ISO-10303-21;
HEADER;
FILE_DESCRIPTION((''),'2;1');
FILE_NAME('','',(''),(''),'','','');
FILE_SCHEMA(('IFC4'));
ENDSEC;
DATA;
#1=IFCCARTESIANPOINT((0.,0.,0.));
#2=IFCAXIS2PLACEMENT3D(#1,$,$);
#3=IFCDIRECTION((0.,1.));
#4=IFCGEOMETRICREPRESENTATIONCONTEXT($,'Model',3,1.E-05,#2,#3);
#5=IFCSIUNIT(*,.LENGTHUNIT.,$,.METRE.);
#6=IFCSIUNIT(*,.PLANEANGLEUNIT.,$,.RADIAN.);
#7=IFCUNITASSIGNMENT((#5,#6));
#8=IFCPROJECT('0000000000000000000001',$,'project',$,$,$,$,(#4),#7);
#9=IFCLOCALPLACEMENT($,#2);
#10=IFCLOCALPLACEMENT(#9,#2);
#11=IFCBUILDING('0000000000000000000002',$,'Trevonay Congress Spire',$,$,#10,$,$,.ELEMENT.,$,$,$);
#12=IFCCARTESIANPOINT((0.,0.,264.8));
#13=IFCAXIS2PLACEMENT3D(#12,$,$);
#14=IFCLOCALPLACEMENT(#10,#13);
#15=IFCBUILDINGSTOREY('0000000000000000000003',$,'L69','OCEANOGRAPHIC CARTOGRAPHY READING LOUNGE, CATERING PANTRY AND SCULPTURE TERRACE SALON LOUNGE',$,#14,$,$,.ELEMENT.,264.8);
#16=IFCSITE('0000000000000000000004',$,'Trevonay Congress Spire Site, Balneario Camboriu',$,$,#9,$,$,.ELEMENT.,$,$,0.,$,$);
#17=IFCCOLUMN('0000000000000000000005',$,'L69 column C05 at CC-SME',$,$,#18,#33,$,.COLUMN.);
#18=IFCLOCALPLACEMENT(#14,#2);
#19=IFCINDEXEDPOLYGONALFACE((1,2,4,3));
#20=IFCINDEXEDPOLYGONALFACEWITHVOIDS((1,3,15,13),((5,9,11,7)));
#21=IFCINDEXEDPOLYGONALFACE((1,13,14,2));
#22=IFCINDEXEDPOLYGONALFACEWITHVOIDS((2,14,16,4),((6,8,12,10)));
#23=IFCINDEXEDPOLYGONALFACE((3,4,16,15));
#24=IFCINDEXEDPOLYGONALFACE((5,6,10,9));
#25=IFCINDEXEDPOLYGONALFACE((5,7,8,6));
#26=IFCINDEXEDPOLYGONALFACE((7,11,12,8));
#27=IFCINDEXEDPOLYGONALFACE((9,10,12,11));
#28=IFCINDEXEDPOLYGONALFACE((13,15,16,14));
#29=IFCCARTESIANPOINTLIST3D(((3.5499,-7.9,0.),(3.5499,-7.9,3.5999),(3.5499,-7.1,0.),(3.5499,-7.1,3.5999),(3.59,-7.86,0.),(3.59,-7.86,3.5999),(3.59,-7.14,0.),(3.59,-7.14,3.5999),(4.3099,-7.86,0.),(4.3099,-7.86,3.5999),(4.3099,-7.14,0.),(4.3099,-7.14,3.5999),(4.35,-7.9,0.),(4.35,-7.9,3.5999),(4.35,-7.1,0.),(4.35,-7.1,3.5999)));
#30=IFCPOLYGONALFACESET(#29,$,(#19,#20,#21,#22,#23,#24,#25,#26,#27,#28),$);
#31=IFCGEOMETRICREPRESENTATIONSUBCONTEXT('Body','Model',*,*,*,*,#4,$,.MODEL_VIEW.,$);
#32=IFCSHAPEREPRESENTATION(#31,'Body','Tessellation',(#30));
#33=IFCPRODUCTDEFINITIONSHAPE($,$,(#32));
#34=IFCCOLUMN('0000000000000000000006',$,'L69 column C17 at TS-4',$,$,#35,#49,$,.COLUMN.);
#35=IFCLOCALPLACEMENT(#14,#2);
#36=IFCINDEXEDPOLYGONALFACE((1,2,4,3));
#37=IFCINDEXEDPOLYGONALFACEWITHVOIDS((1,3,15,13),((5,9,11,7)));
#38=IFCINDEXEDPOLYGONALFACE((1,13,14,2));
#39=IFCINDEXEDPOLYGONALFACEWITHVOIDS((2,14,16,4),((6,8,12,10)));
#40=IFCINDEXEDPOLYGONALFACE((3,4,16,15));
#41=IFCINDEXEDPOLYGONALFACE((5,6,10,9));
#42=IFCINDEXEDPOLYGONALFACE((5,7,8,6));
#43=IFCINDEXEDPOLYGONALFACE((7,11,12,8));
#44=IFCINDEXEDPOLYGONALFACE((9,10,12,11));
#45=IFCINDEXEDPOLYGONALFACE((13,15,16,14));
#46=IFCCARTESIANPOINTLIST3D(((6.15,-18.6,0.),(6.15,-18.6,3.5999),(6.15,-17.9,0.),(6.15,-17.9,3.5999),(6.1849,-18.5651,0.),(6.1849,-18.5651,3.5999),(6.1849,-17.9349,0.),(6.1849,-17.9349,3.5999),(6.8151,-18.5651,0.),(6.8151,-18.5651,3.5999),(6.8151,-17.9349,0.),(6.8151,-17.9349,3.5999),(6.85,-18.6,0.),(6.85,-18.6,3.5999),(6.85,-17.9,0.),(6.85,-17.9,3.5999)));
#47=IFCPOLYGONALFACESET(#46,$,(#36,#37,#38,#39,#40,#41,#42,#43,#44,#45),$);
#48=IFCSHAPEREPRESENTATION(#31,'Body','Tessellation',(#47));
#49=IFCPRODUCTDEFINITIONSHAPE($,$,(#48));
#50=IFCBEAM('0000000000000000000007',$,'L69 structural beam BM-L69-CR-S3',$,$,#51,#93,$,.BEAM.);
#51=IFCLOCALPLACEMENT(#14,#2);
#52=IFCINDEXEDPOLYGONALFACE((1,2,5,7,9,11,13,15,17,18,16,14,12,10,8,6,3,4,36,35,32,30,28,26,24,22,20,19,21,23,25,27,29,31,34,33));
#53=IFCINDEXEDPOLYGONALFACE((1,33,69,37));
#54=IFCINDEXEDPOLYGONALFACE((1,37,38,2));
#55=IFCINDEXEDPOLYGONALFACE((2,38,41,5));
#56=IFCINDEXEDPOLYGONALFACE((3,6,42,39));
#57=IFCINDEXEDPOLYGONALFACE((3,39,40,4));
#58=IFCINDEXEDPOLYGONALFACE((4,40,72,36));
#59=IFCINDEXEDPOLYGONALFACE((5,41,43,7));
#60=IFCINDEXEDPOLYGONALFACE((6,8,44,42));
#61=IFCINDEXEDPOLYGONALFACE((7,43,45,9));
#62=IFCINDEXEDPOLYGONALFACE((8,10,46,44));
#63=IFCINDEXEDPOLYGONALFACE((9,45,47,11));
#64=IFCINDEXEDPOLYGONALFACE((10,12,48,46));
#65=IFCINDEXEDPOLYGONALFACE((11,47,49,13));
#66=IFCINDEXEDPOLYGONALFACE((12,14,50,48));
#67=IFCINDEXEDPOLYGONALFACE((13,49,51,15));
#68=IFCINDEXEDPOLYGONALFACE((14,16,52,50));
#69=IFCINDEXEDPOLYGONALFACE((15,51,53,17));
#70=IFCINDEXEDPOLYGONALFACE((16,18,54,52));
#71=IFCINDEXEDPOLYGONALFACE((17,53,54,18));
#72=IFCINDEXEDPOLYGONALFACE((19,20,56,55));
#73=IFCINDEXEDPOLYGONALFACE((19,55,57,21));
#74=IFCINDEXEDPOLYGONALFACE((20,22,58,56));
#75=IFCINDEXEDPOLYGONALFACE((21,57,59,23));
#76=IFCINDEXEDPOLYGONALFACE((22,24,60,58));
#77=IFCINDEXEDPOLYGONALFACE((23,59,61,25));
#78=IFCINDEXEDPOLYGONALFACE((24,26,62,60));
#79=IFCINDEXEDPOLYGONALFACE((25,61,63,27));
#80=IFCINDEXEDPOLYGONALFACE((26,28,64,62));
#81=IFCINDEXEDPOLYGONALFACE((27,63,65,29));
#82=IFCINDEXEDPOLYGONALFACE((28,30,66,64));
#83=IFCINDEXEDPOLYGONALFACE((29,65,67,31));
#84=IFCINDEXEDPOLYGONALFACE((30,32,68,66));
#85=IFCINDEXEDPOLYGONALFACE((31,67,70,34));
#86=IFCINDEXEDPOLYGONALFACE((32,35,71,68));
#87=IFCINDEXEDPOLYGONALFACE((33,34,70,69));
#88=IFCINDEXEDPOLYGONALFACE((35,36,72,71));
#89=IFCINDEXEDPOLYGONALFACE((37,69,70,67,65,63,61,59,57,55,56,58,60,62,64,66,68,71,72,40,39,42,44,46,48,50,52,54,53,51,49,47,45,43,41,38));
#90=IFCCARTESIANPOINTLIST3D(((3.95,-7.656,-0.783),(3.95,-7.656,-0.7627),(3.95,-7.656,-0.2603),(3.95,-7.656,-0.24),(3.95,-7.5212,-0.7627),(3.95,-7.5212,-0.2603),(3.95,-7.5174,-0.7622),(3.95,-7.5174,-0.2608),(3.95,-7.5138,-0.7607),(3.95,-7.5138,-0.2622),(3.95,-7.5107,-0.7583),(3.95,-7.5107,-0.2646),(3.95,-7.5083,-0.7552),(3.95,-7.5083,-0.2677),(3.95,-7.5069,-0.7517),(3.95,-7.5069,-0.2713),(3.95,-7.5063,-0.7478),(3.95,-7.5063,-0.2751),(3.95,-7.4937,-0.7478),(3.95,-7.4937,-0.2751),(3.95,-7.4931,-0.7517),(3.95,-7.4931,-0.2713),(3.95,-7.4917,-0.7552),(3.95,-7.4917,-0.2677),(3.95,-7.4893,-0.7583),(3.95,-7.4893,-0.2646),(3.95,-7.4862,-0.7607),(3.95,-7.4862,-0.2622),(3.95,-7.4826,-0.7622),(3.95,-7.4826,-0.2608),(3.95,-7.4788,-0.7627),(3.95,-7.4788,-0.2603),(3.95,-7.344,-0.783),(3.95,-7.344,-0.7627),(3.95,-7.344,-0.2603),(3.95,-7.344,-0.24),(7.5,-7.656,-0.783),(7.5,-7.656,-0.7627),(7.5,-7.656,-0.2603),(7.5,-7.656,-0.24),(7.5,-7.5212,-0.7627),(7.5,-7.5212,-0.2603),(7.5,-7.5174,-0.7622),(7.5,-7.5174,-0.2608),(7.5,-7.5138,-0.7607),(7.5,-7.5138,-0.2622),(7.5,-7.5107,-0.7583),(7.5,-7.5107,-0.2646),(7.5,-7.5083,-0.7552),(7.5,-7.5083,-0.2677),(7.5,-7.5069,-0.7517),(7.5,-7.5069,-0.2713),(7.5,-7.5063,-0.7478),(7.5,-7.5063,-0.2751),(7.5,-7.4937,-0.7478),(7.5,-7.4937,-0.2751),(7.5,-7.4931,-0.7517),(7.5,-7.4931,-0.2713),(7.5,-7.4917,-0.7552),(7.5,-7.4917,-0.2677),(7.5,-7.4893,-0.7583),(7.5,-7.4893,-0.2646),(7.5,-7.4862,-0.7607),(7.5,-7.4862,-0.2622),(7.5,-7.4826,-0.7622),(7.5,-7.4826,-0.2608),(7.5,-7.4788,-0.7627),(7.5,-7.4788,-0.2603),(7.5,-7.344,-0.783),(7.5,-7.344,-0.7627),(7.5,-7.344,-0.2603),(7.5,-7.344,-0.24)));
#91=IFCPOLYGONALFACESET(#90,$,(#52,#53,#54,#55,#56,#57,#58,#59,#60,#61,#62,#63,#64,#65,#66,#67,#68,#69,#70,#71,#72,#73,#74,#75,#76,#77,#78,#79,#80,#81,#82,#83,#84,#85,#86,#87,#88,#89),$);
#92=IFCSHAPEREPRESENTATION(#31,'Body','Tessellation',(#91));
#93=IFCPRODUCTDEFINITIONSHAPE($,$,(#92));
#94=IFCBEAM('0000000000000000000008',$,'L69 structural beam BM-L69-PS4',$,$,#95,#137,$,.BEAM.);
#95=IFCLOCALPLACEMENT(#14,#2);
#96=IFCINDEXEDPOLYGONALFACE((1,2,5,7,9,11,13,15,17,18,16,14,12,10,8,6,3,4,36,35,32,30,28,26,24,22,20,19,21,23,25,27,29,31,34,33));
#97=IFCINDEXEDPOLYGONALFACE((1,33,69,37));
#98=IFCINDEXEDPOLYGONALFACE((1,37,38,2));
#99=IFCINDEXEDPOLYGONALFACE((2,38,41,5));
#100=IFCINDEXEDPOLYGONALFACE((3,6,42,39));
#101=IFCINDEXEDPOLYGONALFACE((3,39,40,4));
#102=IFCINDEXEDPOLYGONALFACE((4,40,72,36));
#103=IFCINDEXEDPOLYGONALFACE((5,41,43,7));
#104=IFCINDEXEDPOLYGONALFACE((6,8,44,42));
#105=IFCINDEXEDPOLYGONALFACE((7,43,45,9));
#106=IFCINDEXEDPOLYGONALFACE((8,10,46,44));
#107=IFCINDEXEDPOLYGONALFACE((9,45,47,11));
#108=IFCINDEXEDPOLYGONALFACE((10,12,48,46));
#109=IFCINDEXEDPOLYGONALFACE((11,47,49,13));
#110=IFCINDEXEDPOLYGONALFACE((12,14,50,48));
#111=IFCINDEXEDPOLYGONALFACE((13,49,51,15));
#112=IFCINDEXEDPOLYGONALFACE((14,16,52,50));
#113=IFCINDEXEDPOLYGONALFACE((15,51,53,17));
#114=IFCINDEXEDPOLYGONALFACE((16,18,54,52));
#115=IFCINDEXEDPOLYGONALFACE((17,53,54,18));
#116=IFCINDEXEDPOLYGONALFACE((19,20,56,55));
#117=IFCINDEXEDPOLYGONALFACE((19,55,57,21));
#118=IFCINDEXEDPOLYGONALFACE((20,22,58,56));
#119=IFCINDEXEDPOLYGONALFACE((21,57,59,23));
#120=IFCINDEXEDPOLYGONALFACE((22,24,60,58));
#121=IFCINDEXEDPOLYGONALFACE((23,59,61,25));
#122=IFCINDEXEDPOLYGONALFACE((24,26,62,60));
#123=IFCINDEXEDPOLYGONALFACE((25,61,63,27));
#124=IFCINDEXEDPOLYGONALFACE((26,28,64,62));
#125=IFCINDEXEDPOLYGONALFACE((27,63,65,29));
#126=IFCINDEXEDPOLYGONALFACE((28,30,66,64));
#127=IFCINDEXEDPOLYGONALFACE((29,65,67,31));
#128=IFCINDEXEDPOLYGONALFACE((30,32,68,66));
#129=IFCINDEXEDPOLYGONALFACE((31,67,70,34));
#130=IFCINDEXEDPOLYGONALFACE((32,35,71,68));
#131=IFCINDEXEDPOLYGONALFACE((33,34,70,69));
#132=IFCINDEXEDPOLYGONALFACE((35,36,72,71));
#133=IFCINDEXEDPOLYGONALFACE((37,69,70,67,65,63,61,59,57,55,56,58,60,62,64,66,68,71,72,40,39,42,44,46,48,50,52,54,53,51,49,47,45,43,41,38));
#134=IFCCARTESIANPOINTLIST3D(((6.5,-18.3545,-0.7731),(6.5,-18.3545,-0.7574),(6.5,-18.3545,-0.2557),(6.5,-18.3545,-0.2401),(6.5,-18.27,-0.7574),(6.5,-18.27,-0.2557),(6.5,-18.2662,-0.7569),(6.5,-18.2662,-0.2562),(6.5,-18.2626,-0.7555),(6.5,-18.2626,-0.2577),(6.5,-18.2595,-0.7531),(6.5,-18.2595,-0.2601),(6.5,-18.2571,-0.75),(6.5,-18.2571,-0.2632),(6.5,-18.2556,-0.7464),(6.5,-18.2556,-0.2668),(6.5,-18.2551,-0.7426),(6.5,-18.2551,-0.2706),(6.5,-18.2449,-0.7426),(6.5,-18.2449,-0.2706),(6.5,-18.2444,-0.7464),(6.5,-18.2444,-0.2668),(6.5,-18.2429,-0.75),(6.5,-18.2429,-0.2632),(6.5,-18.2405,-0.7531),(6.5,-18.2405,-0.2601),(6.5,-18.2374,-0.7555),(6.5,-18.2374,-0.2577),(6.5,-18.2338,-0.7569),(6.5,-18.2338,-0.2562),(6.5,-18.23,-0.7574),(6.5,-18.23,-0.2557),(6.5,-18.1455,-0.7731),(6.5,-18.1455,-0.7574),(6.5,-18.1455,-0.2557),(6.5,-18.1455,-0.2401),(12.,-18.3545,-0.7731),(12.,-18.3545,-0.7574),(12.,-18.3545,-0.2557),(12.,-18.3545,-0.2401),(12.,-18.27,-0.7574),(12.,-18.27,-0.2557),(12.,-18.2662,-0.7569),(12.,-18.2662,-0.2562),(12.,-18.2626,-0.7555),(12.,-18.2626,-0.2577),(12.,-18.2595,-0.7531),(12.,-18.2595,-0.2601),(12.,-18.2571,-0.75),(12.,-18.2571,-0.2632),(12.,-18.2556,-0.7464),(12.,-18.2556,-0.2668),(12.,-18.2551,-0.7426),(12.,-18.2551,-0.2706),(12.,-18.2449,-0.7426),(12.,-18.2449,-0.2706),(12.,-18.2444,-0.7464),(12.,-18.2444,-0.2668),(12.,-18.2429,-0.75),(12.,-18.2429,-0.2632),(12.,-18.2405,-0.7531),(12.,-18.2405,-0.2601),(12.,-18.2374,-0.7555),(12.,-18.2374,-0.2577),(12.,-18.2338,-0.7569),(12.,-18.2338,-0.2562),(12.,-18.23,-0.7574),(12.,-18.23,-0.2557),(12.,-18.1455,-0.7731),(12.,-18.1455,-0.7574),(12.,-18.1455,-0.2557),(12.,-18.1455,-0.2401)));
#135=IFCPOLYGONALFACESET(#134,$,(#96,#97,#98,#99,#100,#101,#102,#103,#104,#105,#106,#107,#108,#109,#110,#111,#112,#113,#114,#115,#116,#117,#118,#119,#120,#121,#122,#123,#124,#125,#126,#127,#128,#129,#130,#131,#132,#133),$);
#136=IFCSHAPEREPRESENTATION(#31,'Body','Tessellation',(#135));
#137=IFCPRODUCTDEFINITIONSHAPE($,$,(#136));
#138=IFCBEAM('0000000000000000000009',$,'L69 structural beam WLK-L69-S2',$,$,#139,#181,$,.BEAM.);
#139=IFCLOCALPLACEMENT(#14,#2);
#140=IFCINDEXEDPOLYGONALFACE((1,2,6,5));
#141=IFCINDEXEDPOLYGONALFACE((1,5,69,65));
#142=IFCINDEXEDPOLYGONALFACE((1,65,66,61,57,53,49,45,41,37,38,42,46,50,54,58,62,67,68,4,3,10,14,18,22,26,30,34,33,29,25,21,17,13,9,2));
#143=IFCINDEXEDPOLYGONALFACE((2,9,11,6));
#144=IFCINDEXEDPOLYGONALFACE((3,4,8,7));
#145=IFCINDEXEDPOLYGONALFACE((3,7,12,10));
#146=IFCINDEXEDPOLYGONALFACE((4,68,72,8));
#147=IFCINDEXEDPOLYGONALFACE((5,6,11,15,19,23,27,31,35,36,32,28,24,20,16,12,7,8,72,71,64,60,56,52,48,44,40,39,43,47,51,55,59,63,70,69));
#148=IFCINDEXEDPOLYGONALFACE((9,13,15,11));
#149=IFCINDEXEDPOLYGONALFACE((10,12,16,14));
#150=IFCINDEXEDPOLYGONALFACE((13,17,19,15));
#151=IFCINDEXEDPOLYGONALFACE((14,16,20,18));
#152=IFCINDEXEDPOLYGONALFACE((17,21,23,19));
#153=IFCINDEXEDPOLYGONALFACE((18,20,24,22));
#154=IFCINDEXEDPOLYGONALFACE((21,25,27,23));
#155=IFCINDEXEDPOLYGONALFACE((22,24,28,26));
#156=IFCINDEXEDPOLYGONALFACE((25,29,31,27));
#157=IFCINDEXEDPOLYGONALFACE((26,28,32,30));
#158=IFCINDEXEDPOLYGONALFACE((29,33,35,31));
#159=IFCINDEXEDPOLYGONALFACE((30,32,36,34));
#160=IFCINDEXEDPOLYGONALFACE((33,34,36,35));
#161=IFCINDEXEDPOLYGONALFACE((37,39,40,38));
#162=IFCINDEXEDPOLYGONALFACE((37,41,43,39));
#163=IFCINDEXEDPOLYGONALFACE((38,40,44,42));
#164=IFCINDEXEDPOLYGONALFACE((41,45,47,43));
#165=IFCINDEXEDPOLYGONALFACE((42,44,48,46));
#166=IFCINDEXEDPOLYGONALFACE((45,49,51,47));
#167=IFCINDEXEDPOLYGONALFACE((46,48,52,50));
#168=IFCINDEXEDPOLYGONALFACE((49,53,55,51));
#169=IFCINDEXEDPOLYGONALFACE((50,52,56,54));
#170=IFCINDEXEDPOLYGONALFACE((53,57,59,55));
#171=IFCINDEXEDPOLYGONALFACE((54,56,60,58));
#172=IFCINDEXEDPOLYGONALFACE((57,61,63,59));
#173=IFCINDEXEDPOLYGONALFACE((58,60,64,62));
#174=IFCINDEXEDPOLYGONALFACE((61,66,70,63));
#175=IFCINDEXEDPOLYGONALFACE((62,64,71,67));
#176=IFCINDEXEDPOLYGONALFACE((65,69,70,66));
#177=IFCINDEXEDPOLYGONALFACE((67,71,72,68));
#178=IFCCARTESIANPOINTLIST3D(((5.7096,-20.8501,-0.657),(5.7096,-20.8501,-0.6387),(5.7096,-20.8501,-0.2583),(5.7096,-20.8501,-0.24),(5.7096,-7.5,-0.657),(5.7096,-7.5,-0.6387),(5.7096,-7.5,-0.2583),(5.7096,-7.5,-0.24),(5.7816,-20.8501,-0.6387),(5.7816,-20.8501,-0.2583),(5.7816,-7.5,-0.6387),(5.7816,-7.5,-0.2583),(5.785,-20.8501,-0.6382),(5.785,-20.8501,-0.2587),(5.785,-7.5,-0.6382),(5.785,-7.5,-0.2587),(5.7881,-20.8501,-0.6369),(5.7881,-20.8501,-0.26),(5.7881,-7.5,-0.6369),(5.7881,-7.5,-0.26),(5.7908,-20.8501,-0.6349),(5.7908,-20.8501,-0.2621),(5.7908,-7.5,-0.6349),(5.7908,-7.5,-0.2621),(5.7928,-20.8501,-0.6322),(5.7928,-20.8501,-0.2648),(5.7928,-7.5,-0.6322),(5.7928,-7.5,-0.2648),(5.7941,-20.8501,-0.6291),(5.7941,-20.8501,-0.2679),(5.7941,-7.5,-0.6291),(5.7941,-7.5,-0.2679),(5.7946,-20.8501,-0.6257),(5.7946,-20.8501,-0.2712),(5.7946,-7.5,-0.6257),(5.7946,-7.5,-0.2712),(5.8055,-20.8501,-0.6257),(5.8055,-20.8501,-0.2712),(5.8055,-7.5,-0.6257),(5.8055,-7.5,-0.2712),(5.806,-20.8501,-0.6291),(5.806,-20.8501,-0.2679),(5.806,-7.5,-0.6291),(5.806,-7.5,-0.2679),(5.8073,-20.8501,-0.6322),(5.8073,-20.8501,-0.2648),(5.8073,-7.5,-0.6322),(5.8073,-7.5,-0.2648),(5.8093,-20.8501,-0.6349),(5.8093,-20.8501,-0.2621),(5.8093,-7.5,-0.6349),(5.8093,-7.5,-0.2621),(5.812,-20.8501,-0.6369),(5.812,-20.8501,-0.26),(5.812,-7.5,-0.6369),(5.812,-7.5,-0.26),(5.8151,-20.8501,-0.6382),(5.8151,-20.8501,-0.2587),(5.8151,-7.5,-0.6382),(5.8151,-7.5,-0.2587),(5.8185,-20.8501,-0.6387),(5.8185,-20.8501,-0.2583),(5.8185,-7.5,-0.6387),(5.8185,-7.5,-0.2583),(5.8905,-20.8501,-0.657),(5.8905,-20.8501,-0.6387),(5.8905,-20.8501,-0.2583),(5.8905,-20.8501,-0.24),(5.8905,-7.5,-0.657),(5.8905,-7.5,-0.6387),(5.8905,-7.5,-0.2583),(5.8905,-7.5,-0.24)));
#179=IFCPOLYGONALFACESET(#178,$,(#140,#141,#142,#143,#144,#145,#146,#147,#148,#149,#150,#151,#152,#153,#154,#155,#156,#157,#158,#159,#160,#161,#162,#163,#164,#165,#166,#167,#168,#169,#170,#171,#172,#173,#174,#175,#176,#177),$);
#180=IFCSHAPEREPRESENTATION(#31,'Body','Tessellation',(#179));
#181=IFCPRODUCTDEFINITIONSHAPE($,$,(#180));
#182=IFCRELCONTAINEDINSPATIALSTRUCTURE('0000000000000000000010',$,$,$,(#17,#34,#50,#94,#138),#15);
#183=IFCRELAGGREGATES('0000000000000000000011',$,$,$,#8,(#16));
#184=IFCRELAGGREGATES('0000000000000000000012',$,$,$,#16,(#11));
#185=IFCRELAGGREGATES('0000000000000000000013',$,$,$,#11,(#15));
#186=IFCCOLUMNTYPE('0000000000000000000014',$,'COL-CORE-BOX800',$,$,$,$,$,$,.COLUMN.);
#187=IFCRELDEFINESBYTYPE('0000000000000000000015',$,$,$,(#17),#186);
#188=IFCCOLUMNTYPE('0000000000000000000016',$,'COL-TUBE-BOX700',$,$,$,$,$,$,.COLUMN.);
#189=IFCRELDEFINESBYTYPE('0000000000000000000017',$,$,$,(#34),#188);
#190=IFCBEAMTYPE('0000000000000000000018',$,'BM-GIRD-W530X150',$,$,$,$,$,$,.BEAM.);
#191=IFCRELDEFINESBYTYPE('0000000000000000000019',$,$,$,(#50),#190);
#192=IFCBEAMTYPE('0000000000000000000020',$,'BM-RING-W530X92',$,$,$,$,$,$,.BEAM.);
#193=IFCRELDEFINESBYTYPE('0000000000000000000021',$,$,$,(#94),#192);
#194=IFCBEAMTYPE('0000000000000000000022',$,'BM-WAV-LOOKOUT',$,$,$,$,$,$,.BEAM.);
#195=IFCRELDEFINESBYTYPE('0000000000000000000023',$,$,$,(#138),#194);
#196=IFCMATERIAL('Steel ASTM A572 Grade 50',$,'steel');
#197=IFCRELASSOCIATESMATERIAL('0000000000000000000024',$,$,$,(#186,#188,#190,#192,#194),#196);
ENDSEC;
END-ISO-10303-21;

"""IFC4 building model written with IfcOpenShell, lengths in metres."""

from ifc_helpers import new_model, si_unit, direction, frame, origin, origin_2d, place, context, subcontext, project, spatial, hollow_rectangle, i_section, extrude, material, material_profile, profile_set, type_object, element, save


model = new_model("IFC4")

# Units and contexts
model_context = context("Model", 3, precision=1e-05, world=origin(), true_north=direction((0.0, 1.0)))
body_context = subcontext(model_context, "Body", "Model", "MODEL_VIEW")
ifc_project = project(units=[si_unit("LENGTHUNIT", "METRE"), si_unit("PLANEANGLEUNIT", "RADIAN")], contexts=[model_context])

# Site, building, storey
site_placement = place(None, origin())
site = spatial("IfcSite", under=ifc_project, at=site_placement, Name="Trevonay Congress Spire Site, Balneario Camboriu", CompositionType="ELEMENT", RefElevation=0.0)
building_placement = place(site_placement, origin())
building = spatial("IfcBuilding", under=site, at=building_placement, Name="Trevonay Congress Spire", CompositionType="ELEMENT")
storey_placement = place(building_placement, frame((0.0, 0.0, 264.8)))
storey = spatial("IfcBuildingStorey", under=building, at=storey_placement, Name="L69", Description="OCEANOGRAPHIC CARTOGRAPHY READING LOUNGE, CATERING PANTRY AND SCULPTURE TERRACE SALON LOUNGE", CompositionType="ELEMENT", Elevation=264.8)

# Columns
ifc_material_1 = material(Name="Steel ASTM A572 Grade 50", Category="steel")
ifc_material_profile_1 = material_profile(ifc_material_1, hollow_rectangle(XDim=0.8, YDim=0.8, WallThickness=0.04, at=origin_2d()), Name="BOX 800x800x40")
ifc_profile_set_1 = profile_set([ifc_material_profile_1], Name="Steel ASTM A572 Grade 50")
column_type_1 = type_object("IfcColumnType", Name="COL-CORE-BOX800", PredefinedType="COLUMN", material=ifc_profile_set_1)
column_1_placement = place(storey_placement, frame((3.95, -7.5, 0.0), z_axis=(0.0, 0.0, 1.0), x_axis=(1.0, 0.0, 0.0)))
element("IfcColumn", 1, at=column_1_placement, inside=storey, type_object=column_type_1, Name="L69 column C05 at CC-SME", PredefinedType="COLUMN", context=body_context, shape_type="SweptSolid", body=[
    extrude(hollow_rectangle(XDim=0.8, YDim=0.8, WallThickness=0.04, at=origin_2d()), origin(), (0.0, 0.0, 1.0), 3.5999),
])
ifc_material_profile_2 = material_profile(ifc_material_1, hollow_rectangle(XDim=0.7, YDim=0.7, WallThickness=0.0349, at=origin_2d()), Name="BOX 700x700x35")
ifc_profile_set_2 = profile_set([ifc_material_profile_2], Name="Steel ASTM A572 Grade 50")
column_type_2 = type_object("IfcColumnType", Name="COL-TUBE-BOX700", PredefinedType="COLUMN", material=ifc_profile_set_2)
column_2_placement = place(storey_placement, frame((6.5, -18.25, 0.0), z_axis=(0.0, 0.0, 1.0), x_axis=(1.0, 0.0, 0.0)))
element("IfcColumn", 2, at=column_2_placement, inside=storey, type_object=column_type_2, Name="L69 column C17 at TS-4", PredefinedType="COLUMN", context=body_context, shape_type="SweptSolid", body=[
    extrude(hollow_rectangle(XDim=0.7, YDim=0.7, WallThickness=0.0349, at=origin_2d()), origin(), (0.0, 0.0, 1.0), 3.5999),
])

# Beams
ifc_material_profile_3 = material_profile(ifc_material_1, i_section(OverallWidth=0.312, OverallDepth=0.543, WebThickness=0.0127, FlangeThickness=0.0203, FilletRadius=0.0149, at=origin_2d()), Name="W530x150")
ifc_profile_set_3 = profile_set([ifc_material_profile_3], Name="Steel ASTM A572 Grade 50")
beam_type_1 = type_object("IfcBeamType", Name="BM-GIRD-W530X150", PredefinedType="BEAM", material=ifc_profile_set_3)
beam_1_placement = place(storey_placement, frame((3.95, -7.5, -0.5115), z_axis=(1.0, 0.0, 0.0), x_axis=(0.0, 1.0, 0.0)))
element("IfcBeam", 3, at=beam_1_placement, inside=storey, type_object=beam_type_1, Name="L69 structural beam BM-L69-CR-S3", PredefinedType="BEAM", context=body_context, shape_type="SweptSolid", body=[
    extrude(i_section(OverallWidth=0.312, OverallDepth=0.543, WebThickness=0.0127, FlangeThickness=0.0203, FilletRadius=0.0149, at=origin_2d()), origin(), (0.0, 0.0, 1.0), 3.55),
])
ifc_material_profile_4 = material_profile(ifc_material_1, i_section(OverallWidth=0.209, OverallDepth=0.533, WebThickness=0.0103, FlangeThickness=0.0156, FilletRadius=0.0149, at=origin_2d()), Name="W530x92")
ifc_profile_set_4 = profile_set([ifc_material_profile_4], Name="Steel ASTM A572 Grade 50")
beam_type_2 = type_object("IfcBeamType", Name="BM-RING-W530X92", PredefinedType="BEAM", material=ifc_profile_set_4)
beam_2_placement = place(storey_placement, frame((6.5, -18.25, -0.5066), z_axis=(1.0, 0.0, 0.0), x_axis=(0.0, 1.0, 0.0)))
element("IfcBeam", 4, at=beam_2_placement, inside=storey, type_object=beam_type_2, Name="L69 structural beam BM-L69-PS4", PredefinedType="BEAM", context=body_context, shape_type="SweptSolid", body=[
    extrude(i_section(OverallWidth=0.209, OverallDepth=0.533, WebThickness=0.0103, FlangeThickness=0.0156, FilletRadius=0.0149, at=origin_2d()), origin(), (0.0, 0.0, 1.0), 5.5),
])
ifc_material_profile_5 = material_profile(ifc_material_1, i_section(OverallWidth=0.1809, OverallDepth=0.417, WebThickness=0.011, FlangeThickness=0.0183, FilletRadius=0.0129, at=origin_2d()), Name="W410x85")
ifc_profile_set_5 = profile_set([ifc_material_profile_5], Name="Steel ASTM A572 Grade 50")
beam_type_3 = type_object("IfcBeamType", Name="BM-WAV-LOOKOUT", PredefinedType="BEAM", material=ifc_profile_set_5)
beam_3_placement = place(storey_placement, frame((5.8, -7.5, -0.4485), z_axis=(0.0, -1.0, 0.0), x_axis=(1.0, 0.0, 0.0)))
element("IfcBeam", 5, at=beam_3_placement, inside=storey, type_object=beam_type_3, Name="L69 structural beam WLK-L69-S2", PredefinedType="BEAM", context=body_context, shape_type="SweptSolid", body=[
    extrude(i_section(OverallWidth=0.1809, OverallDepth=0.417, WebThickness=0.011, FlangeThickness=0.0183, FilletRadius=0.0129, at=origin_2d()), origin(), (0.0, 0.0, 1.0), 13.3501),
])

save(model, "model.ifc")
